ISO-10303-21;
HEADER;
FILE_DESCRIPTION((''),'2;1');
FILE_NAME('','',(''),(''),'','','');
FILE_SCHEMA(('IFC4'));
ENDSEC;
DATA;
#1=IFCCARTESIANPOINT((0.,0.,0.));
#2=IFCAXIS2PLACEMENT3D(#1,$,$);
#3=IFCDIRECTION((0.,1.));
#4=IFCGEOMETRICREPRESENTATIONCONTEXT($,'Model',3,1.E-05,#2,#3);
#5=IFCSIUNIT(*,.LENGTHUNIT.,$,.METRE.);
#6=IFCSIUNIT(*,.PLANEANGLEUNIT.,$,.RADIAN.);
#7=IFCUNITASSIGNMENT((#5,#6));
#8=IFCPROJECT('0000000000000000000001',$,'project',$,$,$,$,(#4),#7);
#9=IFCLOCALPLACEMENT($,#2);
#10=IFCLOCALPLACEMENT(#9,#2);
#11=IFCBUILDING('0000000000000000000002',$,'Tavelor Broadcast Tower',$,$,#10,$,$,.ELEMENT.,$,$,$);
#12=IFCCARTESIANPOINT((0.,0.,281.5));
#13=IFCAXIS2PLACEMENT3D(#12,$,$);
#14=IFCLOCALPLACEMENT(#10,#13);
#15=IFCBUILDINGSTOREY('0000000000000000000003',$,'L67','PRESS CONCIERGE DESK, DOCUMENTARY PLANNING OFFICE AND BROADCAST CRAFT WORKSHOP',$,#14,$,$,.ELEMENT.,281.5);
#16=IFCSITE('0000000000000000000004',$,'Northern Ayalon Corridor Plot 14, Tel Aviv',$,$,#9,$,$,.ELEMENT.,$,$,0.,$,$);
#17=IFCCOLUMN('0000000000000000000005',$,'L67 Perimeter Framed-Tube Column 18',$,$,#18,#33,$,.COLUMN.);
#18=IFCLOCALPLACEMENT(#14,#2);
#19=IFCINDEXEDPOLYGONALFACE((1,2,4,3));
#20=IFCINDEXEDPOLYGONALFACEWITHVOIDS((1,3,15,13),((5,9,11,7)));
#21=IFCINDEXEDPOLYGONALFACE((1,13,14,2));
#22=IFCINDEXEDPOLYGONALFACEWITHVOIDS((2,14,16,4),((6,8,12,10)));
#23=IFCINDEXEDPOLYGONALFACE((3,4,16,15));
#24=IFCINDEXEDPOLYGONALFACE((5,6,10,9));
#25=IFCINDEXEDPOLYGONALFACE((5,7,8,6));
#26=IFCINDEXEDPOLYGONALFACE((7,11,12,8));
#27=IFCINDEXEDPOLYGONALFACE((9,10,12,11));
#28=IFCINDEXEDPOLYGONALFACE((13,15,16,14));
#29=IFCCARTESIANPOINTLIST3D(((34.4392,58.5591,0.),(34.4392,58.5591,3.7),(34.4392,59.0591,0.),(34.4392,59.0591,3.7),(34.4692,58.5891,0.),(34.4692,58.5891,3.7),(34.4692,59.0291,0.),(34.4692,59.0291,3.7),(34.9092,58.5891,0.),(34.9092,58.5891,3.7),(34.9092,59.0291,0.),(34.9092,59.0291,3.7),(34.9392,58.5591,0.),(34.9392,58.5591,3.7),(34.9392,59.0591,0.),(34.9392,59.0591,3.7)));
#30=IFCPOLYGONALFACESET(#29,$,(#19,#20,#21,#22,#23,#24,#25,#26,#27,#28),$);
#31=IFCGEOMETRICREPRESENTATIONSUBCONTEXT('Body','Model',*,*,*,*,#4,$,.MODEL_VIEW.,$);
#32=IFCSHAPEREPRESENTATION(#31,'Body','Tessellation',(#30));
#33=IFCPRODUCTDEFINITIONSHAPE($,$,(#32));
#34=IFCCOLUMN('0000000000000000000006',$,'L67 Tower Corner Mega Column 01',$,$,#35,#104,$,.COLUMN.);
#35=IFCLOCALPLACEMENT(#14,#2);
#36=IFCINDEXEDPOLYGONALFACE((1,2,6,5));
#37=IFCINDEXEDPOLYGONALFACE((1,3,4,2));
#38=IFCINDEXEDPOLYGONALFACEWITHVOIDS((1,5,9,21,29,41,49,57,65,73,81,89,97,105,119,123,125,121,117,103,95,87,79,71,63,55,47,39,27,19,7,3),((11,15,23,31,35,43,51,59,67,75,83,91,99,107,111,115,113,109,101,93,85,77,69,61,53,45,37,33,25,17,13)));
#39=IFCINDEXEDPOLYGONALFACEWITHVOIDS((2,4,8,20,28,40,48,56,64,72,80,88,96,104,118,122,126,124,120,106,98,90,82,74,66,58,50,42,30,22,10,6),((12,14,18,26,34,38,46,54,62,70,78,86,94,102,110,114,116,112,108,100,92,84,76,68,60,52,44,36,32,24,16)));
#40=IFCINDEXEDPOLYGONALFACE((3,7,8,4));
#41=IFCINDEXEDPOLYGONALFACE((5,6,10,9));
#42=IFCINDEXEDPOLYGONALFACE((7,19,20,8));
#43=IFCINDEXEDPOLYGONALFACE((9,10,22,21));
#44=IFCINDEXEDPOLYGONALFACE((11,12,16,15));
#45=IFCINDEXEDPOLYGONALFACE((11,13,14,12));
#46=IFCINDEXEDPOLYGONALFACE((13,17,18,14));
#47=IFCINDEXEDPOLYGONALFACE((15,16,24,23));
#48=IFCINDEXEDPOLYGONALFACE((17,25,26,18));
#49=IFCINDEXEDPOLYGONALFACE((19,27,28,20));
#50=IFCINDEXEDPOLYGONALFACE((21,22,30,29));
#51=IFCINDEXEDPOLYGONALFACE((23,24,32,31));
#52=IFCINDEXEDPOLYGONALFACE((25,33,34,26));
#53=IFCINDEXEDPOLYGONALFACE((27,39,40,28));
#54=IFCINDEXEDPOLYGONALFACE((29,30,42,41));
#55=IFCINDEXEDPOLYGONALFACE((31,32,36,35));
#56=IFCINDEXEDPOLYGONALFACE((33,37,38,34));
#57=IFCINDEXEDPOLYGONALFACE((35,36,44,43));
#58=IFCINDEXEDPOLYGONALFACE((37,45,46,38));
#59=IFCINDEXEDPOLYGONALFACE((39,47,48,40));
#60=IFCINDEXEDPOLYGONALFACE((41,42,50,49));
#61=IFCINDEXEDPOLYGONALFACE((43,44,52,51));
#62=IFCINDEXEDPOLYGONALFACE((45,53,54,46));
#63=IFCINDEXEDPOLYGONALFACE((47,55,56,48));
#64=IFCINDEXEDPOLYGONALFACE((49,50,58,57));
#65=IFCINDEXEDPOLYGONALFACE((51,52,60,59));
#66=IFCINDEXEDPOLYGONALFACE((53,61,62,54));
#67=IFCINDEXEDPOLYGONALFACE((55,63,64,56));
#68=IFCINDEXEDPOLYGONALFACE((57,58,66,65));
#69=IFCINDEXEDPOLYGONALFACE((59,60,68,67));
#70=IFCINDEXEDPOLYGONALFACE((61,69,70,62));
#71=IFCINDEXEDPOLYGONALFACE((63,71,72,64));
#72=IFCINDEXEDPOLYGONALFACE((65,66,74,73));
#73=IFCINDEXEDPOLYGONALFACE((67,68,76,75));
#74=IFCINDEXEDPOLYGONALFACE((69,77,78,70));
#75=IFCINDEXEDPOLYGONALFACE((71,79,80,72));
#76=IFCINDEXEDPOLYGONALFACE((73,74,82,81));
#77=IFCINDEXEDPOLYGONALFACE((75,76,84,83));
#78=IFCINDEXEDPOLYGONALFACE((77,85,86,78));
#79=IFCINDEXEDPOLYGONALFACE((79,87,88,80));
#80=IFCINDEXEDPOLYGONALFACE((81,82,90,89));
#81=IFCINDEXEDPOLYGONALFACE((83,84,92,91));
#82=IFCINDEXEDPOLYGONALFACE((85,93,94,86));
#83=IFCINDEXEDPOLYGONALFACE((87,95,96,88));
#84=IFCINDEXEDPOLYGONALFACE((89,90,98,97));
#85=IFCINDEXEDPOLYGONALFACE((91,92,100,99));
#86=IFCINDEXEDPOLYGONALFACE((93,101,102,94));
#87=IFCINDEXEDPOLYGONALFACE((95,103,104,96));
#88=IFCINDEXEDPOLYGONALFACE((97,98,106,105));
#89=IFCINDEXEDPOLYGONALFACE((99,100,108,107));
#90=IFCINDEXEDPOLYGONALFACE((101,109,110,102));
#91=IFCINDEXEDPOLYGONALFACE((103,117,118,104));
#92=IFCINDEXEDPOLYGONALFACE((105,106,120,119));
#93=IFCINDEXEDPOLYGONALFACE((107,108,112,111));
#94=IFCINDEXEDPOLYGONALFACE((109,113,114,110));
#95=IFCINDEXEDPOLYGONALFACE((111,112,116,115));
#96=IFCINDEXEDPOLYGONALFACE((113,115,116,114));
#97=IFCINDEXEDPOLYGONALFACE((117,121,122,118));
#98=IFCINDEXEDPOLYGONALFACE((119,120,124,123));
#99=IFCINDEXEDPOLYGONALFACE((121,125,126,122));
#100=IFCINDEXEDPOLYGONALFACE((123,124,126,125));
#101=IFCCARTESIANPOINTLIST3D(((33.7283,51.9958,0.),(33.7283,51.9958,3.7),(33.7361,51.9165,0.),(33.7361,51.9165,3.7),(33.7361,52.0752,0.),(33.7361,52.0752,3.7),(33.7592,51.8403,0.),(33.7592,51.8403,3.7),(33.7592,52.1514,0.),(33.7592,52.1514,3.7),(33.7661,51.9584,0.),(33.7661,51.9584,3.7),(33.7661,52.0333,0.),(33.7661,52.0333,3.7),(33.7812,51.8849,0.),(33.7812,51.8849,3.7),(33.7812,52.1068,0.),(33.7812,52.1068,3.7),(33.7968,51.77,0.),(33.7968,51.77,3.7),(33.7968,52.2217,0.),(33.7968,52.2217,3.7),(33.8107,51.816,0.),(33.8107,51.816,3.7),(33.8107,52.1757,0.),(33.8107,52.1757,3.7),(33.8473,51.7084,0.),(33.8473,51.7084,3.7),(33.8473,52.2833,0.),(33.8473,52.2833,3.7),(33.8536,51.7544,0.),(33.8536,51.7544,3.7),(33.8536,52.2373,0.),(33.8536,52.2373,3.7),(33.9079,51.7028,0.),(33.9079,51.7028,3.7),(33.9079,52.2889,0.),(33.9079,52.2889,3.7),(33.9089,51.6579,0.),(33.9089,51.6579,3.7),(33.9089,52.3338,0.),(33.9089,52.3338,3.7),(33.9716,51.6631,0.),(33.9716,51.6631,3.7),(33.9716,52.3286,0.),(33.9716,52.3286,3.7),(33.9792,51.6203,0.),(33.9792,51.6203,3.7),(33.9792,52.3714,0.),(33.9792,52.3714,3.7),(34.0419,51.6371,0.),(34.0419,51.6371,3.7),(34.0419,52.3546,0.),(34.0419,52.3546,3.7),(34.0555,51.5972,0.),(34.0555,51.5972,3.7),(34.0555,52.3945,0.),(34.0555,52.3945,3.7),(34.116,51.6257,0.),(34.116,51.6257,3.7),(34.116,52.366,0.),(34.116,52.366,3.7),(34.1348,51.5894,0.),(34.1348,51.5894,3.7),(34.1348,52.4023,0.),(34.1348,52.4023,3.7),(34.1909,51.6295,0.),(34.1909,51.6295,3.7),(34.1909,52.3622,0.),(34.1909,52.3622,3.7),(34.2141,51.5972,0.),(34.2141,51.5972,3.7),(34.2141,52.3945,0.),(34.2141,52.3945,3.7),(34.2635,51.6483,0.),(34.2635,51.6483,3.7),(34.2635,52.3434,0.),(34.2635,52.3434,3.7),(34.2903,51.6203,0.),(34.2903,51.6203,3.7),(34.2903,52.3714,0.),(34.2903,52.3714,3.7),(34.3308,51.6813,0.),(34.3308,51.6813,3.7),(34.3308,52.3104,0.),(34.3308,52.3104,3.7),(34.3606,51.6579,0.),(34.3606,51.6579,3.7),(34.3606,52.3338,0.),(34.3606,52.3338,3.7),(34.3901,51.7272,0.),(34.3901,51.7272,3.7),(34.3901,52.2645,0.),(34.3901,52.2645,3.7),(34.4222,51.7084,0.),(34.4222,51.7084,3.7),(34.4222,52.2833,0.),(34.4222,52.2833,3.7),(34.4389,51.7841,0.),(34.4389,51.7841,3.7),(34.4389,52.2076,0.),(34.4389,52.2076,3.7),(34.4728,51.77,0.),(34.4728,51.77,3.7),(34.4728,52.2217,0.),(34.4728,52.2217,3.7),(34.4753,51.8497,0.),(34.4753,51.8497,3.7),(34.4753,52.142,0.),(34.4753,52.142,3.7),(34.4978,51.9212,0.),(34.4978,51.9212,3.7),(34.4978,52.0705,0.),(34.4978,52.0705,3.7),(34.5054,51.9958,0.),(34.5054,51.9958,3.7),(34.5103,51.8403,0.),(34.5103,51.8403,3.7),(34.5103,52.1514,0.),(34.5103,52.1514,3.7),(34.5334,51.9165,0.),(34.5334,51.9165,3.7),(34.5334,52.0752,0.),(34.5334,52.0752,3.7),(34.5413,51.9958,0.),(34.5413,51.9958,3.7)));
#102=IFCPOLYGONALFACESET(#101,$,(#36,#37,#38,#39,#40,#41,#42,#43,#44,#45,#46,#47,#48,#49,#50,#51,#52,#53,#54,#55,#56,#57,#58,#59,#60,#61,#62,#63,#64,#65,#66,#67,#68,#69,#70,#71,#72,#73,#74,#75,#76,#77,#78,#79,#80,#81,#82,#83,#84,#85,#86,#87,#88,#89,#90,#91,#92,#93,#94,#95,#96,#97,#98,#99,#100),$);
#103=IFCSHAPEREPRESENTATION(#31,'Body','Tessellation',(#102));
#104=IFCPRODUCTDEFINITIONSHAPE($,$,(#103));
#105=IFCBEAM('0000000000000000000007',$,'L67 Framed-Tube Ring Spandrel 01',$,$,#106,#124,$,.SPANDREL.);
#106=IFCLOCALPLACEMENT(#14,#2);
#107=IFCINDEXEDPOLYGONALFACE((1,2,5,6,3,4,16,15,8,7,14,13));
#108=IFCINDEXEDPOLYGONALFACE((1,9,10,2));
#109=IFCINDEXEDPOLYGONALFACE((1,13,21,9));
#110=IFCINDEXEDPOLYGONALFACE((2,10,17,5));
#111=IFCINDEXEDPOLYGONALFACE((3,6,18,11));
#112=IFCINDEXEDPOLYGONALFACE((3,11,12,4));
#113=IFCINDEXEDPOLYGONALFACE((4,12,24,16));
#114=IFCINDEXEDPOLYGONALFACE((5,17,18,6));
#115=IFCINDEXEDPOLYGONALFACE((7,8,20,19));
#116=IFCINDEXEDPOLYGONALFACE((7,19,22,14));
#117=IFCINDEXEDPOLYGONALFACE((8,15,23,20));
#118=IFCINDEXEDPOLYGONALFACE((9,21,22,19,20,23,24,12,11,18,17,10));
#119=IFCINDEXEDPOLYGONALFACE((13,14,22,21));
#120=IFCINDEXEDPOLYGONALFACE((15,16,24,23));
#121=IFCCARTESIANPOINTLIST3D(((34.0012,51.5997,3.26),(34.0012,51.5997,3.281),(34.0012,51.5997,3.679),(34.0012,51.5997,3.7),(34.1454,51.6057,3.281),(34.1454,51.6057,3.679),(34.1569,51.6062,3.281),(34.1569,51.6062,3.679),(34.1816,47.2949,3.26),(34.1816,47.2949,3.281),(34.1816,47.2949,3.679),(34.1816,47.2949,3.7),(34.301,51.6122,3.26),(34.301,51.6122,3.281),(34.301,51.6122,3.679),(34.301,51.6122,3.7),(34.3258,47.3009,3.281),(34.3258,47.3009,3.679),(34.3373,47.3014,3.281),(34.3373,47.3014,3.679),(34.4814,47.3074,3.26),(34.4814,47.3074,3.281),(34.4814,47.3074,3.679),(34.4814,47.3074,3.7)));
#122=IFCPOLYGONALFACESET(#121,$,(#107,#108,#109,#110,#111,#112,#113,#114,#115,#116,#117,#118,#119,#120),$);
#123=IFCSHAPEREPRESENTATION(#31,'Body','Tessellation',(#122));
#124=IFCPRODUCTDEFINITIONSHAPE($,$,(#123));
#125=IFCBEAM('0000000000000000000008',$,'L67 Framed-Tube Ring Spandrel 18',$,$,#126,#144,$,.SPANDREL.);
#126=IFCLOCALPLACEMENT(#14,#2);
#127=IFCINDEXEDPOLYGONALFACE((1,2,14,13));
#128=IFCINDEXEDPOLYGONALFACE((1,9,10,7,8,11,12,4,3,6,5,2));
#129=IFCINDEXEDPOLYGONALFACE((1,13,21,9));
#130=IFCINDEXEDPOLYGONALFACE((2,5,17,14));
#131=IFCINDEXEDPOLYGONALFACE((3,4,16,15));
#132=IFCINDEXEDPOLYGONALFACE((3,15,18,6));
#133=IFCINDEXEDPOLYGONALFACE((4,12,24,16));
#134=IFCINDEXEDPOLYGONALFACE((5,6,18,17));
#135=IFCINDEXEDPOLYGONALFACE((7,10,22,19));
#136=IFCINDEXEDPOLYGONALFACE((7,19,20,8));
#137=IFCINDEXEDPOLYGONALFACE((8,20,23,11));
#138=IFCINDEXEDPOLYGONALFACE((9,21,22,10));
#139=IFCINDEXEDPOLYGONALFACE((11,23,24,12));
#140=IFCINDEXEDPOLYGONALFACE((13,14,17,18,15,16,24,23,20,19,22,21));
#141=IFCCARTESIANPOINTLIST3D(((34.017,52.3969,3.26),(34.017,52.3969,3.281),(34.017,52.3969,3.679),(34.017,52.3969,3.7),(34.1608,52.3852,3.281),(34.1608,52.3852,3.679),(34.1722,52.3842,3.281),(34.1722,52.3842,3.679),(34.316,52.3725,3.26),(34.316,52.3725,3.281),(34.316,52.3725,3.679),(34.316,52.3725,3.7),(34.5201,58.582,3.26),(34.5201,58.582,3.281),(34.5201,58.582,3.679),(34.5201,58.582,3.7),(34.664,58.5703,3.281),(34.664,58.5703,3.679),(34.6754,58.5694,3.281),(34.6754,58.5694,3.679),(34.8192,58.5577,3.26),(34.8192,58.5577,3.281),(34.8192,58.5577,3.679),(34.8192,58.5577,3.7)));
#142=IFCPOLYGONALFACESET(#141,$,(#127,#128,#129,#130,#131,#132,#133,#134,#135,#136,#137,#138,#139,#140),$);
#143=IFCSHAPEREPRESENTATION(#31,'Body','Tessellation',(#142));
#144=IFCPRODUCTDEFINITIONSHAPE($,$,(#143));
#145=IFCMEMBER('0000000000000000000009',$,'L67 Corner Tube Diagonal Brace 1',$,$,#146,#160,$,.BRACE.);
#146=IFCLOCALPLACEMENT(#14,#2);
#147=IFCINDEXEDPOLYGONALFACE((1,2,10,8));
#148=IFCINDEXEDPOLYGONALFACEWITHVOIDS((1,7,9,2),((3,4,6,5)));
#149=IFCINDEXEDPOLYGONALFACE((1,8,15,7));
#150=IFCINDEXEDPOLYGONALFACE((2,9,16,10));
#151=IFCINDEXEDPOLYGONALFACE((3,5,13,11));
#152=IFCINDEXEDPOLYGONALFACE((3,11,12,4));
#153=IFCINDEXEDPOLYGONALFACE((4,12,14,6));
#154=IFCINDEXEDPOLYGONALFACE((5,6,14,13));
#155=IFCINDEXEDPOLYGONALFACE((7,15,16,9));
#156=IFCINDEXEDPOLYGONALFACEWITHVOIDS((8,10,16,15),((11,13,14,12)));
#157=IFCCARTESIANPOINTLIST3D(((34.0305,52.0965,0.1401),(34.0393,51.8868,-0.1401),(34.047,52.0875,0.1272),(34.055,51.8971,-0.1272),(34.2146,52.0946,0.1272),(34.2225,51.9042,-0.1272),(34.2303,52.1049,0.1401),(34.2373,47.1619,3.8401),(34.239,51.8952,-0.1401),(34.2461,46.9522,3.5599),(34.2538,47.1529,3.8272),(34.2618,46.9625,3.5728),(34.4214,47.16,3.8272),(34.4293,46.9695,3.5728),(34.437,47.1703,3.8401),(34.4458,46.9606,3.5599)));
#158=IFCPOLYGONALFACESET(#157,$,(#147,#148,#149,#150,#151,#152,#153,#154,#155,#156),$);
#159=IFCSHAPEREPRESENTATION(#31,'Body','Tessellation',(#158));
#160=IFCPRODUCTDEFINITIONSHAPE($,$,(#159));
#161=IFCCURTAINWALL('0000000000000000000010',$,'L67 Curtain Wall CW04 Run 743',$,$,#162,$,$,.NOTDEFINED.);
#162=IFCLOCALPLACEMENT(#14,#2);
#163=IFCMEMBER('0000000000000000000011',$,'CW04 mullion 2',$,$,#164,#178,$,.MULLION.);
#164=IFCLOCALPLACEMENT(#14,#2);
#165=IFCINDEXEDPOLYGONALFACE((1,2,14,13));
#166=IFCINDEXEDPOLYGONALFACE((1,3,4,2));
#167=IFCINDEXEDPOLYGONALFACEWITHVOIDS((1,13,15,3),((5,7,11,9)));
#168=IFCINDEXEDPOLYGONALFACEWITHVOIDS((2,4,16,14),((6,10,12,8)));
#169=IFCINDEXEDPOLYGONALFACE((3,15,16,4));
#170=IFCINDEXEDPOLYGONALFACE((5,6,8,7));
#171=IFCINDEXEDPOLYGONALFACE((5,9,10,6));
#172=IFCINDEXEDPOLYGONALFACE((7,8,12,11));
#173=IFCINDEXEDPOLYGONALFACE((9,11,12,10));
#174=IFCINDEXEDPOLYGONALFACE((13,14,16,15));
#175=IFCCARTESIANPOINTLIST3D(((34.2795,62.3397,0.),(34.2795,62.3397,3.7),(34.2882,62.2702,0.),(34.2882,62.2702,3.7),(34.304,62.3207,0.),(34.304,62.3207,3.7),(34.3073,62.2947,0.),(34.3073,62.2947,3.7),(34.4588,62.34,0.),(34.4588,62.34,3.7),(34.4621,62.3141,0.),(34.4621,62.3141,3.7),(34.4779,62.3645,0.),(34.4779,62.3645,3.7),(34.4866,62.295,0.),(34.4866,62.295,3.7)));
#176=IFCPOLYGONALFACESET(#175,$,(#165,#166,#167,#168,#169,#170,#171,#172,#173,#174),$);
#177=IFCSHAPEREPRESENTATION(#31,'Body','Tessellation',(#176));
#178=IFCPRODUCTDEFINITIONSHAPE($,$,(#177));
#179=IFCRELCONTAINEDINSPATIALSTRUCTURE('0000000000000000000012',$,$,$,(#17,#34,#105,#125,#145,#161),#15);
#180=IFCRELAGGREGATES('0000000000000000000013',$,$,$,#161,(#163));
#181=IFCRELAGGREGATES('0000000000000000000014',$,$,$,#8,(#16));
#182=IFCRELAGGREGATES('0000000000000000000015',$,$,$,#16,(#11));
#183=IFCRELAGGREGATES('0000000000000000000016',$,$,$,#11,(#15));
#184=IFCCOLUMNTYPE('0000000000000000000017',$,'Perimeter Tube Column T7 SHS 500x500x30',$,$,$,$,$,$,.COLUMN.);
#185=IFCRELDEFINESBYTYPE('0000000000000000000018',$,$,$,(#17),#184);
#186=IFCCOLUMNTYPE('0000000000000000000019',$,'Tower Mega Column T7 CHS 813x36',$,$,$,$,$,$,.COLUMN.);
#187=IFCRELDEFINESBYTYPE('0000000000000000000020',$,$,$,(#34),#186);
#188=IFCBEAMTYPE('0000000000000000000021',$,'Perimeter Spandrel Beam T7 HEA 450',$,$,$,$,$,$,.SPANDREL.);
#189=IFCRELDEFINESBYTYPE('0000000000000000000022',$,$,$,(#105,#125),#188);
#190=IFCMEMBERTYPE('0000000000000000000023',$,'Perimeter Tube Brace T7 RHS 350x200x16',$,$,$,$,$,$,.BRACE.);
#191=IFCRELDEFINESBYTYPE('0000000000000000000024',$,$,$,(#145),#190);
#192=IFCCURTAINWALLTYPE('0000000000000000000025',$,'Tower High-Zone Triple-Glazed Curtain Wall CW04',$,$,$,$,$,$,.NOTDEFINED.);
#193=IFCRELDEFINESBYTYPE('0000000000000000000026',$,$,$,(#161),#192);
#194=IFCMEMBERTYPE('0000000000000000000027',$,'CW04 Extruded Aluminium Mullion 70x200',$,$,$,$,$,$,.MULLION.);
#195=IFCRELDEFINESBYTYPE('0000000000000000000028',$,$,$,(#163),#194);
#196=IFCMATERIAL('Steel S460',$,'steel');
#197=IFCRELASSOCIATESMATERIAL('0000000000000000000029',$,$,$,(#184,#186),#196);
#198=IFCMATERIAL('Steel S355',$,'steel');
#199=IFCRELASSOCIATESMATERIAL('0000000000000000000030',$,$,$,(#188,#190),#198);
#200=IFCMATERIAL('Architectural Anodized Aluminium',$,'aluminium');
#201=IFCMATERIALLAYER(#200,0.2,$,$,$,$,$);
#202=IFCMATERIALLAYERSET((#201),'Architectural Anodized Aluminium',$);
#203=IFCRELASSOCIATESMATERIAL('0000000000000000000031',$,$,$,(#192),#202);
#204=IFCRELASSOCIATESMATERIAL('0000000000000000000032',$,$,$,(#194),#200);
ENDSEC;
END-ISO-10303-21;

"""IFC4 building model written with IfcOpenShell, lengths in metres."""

from ifc_helpers import new_model, si_unit, direction, frame, origin, origin_2d, place, context, subcontext, project, spatial, hollow_rectangle, hollow_circle, i_section, extrude, source, transform, mapped, material, layer, layer_set, material_profile, profile_set, type_object, type_shapes, element, aggregate, save


model = new_model("IFC4")

# Units and contexts
model_context = context("Model", 3, precision=1e-05, world=origin(), true_north=direction((0.0, 1.0)))
body_context = subcontext(model_context, "Body", "Model", "MODEL_VIEW")
ifc_project = project(units=[si_unit("LENGTHUNIT", "METRE"), si_unit("PLANEANGLEUNIT", "RADIAN")], contexts=[model_context])

# Site, building, storey
site_placement = place(None, origin())
site = spatial("IfcSite", under=ifc_project, at=site_placement, Name="Northern Ayalon Corridor Plot 14, Tel Aviv", CompositionType="ELEMENT", RefElevation=0.0)
building_placement = place(site_placement, origin())
building = spatial("IfcBuilding", under=site, at=building_placement, Name="Tavelor Broadcast Tower", CompositionType="ELEMENT")
storey_placement = place(building_placement, frame((0.0, 0.0, 281.5)))
storey = spatial("IfcBuildingStorey", under=building, at=storey_placement, Name="L67", Description="PRESS CONCIERGE DESK, DOCUMENTARY PLANNING OFFICE AND BROADCAST CRAFT WORKSHOP", CompositionType="ELEMENT", Elevation=281.5)

# Columns
ifc_material_1 = material(Name="Steel S460", Category="steel")
ifc_material_profile_1 = material_profile(ifc_material_1, hollow_rectangle(XDim=0.5, YDim=0.5, WallThickness=0.03, at=origin_2d()), Name="SHS 500x500x30")
ifc_profile_set_1 = profile_set([ifc_material_profile_1], Name="Steel S460")
column_type_1 = type_object("IfcColumnType", Name="Perimeter Tube Column T7 SHS 500x500x30", PredefinedType="COLUMN", material=ifc_profile_set_1)
column_1_placement = place(storey_placement, frame((34.6892, 58.8091, 0.0), z_axis=(0.0, 0.0, 1.0), x_axis=(1.0, 0.0, 0.0)))
element("IfcColumn", 1, at=column_1_placement, inside=storey, type_object=column_type_1, Name="L67 Perimeter Framed-Tube Column 18", PredefinedType="COLUMN", context=body_context, shape_type="SweptSolid", body=[
    extrude(hollow_rectangle(XDim=0.5, YDim=0.5, WallThickness=0.03, at=origin_2d()), origin(), (0.0, 0.0, 1.0), 3.7),
])
ifc_material_profile_2 = material_profile(ifc_material_1, hollow_circle(Radius=0.4065, WallThickness=0.0359, at=origin_2d()), Name="CHS 813x36")
ifc_profile_set_2 = profile_set([ifc_material_profile_2], Name="Steel S460")
column_type_2 = type_object("IfcColumnType", Name="Tower Mega Column T7 CHS 813x36", PredefinedType="COLUMN", material=ifc_profile_set_2)
column_2_placement = place(storey_placement, frame((34.1348, 51.9958, 0.0), z_axis=(0.0, 0.0, 1.0), x_axis=(1.0, 0.0, 0.0)))
element("IfcColumn", 2, at=column_2_placement, inside=storey, type_object=column_type_2, Name="L67 Tower Corner Mega Column 01", PredefinedType="COLUMN", context=body_context, shape_type="SweptSolid", body=[
    extrude(hollow_circle(Radius=0.4065, WallThickness=0.0359, at=origin_2d()), origin(), (0.0, 0.0, 1.0), 3.7),
])

# Beams
ifc_material_2 = material(Name="Steel S355", Category="steel")
ifc_material_profile_3 = material_profile(ifc_material_2, i_section(OverallWidth=0.3, OverallDepth=0.4399, WebThickness=0.0115, FlangeThickness=0.021, at=origin_2d()), Name="HEA 450")
ifc_profile_set_3 = profile_set([ifc_material_profile_3], Name="Steel S355")
beam_type = type_object("IfcBeamType", Name="Perimeter Spandrel Beam T7 HEA 450", PredefinedType="SPANDREL", material=ifc_profile_set_3)
beam_1_placement = place(storey_placement, frame((34.1511, 51.606, 3.48), z_axis=(0.041873, -0.999123, 0.0), x_axis=(0.999123, 0.041873, 0.0)))
element("IfcBeam", 3, at=beam_1_placement, inside=storey, type_object=beam_type, Name="L67 Framed-Tube Ring Spandrel 01", PredefinedType="SPANDREL", context=body_context, shape_type="SweptSolid", body=[
    extrude(i_section(OverallWidth=0.3, OverallDepth=0.4399, WebThickness=0.0115, FlangeThickness=0.021, at=origin_2d()), origin(), (0.0, 0.0, 1.0), 4.3086),
])
beam_2_placement = place(storey_placement, frame((34.6697, 58.5698, 3.48), z_axis=(-0.081085, -0.996707, 0.0), x_axis=(0.996707, -0.081085, 0.0)))
element("IfcBeam", 4, at=beam_2_placement, inside=storey, type_object=beam_type, Name="L67 Framed-Tube Ring Spandrel 18", PredefinedType="SPANDREL", context=body_context, shape_type="SweptSolid", body=[
    extrude(i_section(OverallWidth=0.3, OverallDepth=0.4399, WebThickness=0.0115, FlangeThickness=0.021, at=origin_2d()), origin(), (0.0, 0.0, 1.0), 6.2056),
])

# Member
ifc_material_profile_4 = material_profile(ifc_material_2, hollow_rectangle(XDim=0.2, YDim=0.3501, WallThickness=0.0161, at=origin_2d()), Name="RHS 350x200x16")
ifc_profile_set_4 = profile_set([ifc_material_profile_4], Name="Steel S355")
member_type_1 = type_object("IfcMemberType", Name="Perimeter Tube Brace T7 RHS 350x200x16", PredefinedType="BRACE", material=ifc_profile_set_4)
member_1_placement = place(storey_placement, frame((34.1348, 51.9958, 0.0), z_axis=(0.033509, -0.799627, 0.599562), x_axis=(0.999123, 0.041869, 0.0)))
element("IfcMember", 5, at=member_1_placement, inside=storey, type_object=member_type_1, Name="L67 Corner Tube Diagonal Brace 1", PredefinedType="BRACE", context=body_context, shape_type="SweptSolid", body=[
    extrude(hollow_rectangle(XDim=0.2, YDim=0.3501, WallThickness=0.0161, at=origin_2d()), origin(), (0.0, 0.0, 1.0), 6.1711),
])

# Curtain wall, member
ifc_material_3 = material(Name="Architectural Anodized Aluminium", Category="aluminium")
ifc_layer_1 = layer(ifc_material_3, 0.2)
ifc_layer_set_1 = layer_set([ifc_layer_1], Name="Architectural Anodized Aluminium")
curtain_wall_type = type_object("IfcCurtainWallType", Name="Tower High-Zone Triple-Glazed Curtain Wall CW04", PredefinedType="NOTDEFINED", material=ifc_layer_set_1)
curtain_wall_1_placement = place(storey_placement, origin())
curtain_wall_1 = element("IfcCurtainWall", 6, at=curtain_wall_1_placement, inside=storey, type_object=curtain_wall_type, Name="L67 Curtain Wall CW04 Run 743", PredefinedType="NOTDEFINED")
ifc_material_profile_5 = material_profile(ifc_material_3, hollow_rectangle(XDim=0.0701, YDim=0.2, WallThickness=0.022, at=origin_2d()), Name="RHS 70x200x22")
ifc_profile_set_5 = profile_set([ifc_material_profile_5], Name="Architectural Anodized Aluminium")
member_type_2 = type_object("IfcMemberType", Name="CW04 Extruded Aluminium Mullion 70x200", PredefinedType="MULLION", material=ifc_profile_set_5)
shared_shape_1 = source(origin(), body_context, "Body", "SweptSolid", [
    extrude(hollow_rectangle(XDim=0.0701, YDim=0.2, WallThickness=0.022, at=origin_2d()), origin(), (0.0, 0.0, 1.0), 3.7),
])
type_shapes(member_type_2, [shared_shape_1])
member_2_placement = place(storey_placement, frame((34.3831, 62.3174, 0.0), z_axis=(0.0, 0.0, 1.0), x_axis=(0.124057, -0.992275, 0.0)))
member_2 = element("IfcMember", 7, at=member_2_placement, type_object=member_type_2, Name="CW04 mullion 2", PredefinedType="MULLION", context=body_context, shape_type="MappedRepresentation", body=[
    mapped(shared_shape_1, transform((0.0, 0.0, 0.0), scale=1.0)),
])
aggregate(curtain_wall_1, [member_2])

save(model, "model.ifc")
